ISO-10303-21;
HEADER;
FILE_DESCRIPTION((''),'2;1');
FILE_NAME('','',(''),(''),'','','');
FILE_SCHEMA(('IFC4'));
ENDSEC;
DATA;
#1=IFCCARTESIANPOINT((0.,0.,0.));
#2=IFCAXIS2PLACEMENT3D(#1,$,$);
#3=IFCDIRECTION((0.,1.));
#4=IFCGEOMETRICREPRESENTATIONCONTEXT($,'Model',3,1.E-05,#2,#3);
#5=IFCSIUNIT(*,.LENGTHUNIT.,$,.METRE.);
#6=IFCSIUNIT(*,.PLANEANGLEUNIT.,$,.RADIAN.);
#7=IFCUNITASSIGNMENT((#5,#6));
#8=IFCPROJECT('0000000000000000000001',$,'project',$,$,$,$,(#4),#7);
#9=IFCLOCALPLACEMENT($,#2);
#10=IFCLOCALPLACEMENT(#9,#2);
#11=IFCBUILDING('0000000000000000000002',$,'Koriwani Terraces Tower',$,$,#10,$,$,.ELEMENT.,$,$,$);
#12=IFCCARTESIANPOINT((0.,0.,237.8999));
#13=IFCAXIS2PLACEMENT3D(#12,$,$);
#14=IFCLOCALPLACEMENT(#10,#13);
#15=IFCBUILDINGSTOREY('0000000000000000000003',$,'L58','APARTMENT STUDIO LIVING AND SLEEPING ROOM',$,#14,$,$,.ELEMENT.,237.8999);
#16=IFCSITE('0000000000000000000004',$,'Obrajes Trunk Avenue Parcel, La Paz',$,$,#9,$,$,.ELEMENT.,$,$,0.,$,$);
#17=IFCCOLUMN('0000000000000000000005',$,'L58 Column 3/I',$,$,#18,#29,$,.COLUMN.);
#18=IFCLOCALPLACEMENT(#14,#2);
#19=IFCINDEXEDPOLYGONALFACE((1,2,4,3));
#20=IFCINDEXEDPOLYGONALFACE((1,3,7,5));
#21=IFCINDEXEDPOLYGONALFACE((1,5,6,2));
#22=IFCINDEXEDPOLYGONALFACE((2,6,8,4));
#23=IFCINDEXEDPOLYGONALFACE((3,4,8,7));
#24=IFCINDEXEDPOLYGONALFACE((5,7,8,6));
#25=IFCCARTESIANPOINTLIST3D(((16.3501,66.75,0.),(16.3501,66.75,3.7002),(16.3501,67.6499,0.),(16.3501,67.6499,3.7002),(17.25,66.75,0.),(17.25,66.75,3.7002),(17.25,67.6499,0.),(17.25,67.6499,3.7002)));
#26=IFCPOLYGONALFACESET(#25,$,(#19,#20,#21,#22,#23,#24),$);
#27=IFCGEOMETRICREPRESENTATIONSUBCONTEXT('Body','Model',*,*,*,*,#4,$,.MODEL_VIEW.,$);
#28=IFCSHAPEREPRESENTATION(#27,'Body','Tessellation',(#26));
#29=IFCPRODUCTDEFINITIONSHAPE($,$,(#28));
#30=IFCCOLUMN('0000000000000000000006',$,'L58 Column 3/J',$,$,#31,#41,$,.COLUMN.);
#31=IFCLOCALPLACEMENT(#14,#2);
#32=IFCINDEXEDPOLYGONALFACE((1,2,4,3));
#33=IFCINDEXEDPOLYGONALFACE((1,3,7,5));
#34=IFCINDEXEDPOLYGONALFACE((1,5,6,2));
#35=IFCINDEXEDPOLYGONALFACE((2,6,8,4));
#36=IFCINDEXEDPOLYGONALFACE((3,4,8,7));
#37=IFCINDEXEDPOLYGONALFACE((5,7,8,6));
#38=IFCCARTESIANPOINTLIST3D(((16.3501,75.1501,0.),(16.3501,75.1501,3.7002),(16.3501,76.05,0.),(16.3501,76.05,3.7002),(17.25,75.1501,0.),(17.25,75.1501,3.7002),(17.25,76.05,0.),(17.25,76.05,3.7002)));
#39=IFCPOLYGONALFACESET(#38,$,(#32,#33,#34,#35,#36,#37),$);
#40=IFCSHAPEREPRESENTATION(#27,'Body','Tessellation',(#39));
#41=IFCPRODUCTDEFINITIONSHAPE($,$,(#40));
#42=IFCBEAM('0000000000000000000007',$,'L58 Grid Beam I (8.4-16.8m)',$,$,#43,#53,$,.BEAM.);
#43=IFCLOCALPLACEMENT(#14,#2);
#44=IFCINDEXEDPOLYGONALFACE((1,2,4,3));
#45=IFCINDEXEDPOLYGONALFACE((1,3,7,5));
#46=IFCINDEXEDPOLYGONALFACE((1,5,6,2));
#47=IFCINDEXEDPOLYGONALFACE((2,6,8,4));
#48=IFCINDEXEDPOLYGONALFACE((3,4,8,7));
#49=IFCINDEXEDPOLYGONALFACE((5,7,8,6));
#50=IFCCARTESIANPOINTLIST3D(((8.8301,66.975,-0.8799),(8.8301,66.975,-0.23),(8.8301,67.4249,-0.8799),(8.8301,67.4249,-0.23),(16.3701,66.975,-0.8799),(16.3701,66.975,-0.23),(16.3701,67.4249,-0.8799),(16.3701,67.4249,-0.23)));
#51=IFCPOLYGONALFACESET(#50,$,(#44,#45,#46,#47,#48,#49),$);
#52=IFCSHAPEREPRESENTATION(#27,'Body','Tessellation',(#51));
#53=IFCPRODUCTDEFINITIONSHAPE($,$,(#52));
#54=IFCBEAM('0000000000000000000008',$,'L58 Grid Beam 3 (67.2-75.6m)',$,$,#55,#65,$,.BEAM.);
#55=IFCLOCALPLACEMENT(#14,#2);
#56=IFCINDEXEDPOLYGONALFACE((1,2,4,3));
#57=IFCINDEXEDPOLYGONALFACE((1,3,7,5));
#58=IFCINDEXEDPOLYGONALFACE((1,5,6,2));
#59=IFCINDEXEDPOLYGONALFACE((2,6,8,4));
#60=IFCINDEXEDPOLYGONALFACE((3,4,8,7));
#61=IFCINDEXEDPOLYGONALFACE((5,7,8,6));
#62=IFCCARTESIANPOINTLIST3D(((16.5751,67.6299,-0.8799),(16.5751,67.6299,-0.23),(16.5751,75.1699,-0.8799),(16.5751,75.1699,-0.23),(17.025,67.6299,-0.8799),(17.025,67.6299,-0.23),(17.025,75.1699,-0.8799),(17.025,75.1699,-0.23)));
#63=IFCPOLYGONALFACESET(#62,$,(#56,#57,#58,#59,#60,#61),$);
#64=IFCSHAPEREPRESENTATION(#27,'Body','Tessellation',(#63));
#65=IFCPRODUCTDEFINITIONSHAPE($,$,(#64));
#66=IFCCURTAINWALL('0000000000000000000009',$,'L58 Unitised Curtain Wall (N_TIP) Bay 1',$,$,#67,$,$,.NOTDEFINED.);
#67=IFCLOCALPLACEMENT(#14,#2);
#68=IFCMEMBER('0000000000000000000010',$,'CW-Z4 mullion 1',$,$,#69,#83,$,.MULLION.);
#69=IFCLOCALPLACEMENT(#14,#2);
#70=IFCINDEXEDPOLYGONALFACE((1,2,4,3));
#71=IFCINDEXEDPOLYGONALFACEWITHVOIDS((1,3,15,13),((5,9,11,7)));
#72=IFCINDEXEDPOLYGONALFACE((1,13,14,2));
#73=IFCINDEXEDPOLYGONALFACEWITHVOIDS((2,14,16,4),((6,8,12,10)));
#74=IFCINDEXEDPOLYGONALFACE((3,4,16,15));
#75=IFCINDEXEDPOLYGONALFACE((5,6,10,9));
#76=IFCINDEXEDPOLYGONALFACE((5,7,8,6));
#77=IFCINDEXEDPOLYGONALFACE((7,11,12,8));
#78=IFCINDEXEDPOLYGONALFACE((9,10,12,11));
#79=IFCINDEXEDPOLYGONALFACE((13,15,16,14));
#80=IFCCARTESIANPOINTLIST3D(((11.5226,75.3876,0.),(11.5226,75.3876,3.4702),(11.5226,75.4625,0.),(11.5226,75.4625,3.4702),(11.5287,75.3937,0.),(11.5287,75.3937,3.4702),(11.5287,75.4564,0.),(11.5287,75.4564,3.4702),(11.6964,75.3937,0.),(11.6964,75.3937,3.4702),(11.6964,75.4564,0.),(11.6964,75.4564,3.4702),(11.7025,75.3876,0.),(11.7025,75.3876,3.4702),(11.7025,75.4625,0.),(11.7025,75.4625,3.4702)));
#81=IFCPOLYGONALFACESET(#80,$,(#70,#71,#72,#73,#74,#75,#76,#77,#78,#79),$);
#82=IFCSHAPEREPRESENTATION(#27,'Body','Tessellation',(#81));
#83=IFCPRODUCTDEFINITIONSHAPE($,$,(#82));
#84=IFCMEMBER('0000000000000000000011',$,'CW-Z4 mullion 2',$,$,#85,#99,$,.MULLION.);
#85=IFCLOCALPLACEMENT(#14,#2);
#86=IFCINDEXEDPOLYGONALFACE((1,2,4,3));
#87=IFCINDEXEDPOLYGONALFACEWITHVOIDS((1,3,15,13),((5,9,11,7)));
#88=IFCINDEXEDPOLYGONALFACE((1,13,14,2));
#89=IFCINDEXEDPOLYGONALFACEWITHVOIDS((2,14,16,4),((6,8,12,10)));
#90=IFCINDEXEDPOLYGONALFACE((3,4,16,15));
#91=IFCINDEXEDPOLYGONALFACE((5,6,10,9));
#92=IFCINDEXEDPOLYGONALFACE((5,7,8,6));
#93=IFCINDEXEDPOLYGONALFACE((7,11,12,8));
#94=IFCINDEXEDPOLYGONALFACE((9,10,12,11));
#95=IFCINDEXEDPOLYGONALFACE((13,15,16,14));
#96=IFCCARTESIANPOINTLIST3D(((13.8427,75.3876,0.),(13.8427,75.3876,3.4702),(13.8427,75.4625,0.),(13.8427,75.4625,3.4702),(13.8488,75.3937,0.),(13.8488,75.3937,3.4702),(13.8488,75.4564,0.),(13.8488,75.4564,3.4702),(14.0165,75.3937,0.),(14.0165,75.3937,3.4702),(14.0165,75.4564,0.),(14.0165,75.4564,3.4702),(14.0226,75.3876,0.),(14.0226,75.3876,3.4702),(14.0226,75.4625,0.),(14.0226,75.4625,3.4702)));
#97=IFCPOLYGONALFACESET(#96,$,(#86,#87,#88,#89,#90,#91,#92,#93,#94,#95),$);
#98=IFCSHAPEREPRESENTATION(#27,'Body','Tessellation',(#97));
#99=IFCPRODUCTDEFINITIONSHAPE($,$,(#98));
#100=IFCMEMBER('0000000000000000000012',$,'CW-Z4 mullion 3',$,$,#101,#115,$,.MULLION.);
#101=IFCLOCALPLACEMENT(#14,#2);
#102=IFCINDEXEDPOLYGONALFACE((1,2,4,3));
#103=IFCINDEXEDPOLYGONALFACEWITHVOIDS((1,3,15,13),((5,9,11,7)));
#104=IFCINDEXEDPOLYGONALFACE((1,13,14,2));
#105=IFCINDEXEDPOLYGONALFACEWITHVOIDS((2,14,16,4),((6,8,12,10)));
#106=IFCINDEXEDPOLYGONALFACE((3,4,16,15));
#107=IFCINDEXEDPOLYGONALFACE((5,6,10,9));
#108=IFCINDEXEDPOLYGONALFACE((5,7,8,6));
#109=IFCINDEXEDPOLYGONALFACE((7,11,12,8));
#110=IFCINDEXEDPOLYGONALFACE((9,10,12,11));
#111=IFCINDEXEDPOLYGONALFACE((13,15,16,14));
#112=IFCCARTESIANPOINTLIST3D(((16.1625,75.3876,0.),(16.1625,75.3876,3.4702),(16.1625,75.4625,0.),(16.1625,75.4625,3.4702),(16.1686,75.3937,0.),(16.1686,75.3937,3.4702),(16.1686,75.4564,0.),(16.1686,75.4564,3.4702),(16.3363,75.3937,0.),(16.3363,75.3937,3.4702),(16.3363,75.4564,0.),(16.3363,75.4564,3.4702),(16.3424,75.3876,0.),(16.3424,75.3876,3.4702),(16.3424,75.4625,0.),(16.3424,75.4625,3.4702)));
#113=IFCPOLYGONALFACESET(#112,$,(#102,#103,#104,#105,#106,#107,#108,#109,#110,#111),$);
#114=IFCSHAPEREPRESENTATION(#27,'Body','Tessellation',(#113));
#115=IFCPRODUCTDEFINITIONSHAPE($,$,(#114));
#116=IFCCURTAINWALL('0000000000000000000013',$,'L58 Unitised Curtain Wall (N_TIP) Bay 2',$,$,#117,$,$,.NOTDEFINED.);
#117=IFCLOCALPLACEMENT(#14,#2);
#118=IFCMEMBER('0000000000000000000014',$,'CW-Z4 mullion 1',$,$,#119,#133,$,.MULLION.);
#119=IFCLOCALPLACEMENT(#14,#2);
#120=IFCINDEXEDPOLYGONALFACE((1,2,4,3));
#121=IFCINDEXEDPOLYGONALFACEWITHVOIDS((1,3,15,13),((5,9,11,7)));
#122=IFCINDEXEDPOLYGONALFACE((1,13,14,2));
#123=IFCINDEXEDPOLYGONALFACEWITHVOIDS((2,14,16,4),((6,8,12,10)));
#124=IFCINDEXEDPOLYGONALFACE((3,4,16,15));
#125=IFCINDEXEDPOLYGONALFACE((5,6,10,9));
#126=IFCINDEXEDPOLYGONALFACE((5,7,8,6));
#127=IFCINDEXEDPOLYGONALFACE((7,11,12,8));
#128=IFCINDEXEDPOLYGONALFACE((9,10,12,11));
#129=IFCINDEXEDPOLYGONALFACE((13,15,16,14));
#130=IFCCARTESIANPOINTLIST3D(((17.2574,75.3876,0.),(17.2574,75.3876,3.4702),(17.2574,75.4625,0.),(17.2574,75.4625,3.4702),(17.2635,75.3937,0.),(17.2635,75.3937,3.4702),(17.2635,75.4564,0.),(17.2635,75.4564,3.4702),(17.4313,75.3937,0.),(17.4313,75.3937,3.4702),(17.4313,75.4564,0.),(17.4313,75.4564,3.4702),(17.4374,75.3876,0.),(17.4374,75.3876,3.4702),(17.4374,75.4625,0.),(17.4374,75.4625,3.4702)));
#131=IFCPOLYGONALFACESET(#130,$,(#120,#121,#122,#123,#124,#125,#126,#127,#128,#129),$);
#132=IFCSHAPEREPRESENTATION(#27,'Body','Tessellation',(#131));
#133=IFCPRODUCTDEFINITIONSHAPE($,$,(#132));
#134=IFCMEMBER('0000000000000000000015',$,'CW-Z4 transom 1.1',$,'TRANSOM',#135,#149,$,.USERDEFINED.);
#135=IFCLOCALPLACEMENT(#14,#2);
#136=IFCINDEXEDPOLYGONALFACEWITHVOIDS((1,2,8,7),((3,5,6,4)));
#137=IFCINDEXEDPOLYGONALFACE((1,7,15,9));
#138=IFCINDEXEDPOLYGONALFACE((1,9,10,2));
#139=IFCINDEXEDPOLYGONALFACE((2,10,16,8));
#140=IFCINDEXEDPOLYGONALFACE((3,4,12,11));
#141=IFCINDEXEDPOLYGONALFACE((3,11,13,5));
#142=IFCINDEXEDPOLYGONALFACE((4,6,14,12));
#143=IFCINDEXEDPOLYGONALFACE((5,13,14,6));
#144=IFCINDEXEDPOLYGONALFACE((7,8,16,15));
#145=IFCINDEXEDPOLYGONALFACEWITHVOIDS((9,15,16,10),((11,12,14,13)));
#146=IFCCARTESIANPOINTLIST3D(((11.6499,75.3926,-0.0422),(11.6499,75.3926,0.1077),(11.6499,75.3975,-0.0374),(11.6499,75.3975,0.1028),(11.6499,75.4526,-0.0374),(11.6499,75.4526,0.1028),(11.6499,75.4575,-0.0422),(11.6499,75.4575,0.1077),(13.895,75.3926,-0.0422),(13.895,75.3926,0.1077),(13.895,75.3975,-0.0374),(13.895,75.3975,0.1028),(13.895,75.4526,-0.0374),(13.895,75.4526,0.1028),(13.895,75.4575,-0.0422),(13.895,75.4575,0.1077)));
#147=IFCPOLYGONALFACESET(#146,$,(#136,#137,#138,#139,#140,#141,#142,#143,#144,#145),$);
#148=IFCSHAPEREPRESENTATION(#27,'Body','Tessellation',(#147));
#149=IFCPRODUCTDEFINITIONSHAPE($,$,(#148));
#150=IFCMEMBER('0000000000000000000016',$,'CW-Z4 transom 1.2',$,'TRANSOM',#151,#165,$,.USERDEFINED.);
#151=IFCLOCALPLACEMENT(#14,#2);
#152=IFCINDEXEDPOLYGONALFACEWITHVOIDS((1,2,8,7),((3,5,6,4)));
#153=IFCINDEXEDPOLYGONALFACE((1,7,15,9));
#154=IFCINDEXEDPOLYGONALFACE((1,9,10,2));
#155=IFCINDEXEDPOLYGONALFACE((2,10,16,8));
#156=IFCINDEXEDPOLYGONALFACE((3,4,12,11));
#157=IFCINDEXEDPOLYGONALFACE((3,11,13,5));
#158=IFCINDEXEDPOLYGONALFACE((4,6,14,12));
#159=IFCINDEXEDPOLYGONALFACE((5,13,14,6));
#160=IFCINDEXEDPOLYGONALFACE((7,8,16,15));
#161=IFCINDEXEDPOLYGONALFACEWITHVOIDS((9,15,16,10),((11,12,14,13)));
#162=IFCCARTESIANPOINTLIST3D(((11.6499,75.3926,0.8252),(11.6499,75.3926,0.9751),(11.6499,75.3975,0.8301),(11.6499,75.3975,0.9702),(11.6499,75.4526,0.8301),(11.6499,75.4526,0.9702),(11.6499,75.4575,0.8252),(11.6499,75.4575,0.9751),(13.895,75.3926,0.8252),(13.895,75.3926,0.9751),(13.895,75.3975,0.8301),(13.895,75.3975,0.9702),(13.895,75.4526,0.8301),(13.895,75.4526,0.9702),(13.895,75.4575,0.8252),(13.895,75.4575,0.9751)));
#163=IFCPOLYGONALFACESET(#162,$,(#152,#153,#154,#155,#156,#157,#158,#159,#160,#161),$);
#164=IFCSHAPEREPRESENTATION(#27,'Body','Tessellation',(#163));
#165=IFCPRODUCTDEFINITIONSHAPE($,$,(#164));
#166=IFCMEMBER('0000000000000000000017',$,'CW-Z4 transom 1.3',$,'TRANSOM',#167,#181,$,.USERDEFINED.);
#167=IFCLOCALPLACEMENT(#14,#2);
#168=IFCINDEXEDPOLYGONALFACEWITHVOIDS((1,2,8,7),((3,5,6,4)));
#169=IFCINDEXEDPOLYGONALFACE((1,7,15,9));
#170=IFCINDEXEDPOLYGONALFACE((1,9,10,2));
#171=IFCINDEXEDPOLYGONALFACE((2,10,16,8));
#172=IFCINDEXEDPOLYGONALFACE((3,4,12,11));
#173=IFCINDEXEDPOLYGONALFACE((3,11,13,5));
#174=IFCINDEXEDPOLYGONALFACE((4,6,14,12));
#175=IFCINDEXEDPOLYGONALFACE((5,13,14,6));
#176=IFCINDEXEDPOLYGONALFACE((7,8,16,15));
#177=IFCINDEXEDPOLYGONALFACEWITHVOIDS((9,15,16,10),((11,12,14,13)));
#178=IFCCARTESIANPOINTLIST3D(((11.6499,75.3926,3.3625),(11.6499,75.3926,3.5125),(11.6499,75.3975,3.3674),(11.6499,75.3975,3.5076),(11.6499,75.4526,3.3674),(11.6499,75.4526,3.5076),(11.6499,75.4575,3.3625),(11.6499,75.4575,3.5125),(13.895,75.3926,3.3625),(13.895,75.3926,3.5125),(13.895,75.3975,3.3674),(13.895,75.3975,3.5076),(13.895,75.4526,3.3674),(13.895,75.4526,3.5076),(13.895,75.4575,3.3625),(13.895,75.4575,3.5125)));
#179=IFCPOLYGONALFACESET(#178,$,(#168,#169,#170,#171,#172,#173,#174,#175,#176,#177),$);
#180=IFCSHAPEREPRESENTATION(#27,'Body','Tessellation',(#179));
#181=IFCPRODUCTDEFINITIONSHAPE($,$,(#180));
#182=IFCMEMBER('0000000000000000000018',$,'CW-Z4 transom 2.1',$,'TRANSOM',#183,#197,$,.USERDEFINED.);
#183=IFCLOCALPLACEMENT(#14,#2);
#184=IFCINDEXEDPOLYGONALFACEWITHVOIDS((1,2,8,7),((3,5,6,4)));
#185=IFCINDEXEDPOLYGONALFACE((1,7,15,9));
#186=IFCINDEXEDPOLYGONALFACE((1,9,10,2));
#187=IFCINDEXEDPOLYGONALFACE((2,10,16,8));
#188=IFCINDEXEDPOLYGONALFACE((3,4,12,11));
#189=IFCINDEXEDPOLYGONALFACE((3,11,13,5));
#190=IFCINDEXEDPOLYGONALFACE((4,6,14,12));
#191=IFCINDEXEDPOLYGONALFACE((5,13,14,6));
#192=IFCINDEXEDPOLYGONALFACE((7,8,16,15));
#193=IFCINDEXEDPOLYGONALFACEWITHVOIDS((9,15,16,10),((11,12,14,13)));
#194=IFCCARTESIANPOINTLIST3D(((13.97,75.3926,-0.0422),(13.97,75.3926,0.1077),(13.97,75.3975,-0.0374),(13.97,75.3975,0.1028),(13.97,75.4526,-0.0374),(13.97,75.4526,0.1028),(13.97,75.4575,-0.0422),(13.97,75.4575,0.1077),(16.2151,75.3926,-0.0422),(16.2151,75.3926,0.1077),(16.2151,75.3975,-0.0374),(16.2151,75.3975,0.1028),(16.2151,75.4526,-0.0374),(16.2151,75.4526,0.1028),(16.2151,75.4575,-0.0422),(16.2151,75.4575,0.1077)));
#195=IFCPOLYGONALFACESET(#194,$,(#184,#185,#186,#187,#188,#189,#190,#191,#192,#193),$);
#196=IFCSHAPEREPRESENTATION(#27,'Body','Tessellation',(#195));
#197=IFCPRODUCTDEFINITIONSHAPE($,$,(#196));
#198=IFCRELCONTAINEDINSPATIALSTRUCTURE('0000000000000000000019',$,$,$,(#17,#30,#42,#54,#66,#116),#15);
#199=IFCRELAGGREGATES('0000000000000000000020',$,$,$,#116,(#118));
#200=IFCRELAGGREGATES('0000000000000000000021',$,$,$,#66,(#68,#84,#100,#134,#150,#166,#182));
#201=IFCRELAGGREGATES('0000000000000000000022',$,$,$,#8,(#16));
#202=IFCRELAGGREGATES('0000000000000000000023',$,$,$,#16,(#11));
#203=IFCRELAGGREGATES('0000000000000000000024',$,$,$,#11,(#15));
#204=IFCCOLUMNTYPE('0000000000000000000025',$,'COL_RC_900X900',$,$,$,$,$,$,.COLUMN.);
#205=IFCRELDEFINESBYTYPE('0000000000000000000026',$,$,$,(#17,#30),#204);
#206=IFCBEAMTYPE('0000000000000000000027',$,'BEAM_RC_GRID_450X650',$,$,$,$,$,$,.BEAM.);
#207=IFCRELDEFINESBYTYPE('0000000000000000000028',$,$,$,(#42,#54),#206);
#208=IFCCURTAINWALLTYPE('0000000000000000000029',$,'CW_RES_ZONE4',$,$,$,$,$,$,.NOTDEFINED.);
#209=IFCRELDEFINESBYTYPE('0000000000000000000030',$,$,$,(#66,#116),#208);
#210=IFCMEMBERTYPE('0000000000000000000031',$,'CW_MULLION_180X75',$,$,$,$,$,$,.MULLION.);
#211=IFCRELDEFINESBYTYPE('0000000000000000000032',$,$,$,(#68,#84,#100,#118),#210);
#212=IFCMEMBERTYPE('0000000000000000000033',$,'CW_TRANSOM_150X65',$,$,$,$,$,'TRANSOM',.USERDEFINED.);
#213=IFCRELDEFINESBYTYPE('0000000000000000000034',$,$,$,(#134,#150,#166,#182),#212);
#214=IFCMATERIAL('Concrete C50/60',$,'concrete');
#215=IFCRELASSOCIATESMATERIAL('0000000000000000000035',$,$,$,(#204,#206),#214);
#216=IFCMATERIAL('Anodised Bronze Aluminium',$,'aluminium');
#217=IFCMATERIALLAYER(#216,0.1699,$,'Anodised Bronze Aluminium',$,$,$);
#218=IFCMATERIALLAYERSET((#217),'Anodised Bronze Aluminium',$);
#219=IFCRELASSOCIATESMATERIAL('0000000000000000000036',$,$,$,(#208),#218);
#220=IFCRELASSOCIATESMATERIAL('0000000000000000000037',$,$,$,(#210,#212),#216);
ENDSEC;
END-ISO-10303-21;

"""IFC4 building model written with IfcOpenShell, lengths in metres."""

from ifc_helpers import new_model, si_unit, direction, frame, origin, origin_2d, place, context, subcontext, project, spatial, rectangle, hollow_rectangle, extrude, material, layer, layer_set, material_profile, profile_set, type_object, element, aggregate, save


model = new_model("IFC4")

# Units and contexts
model_context = context("Model", 3, precision=1e-05, world=origin(), true_north=direction((0.0, 1.0)))
body_context = subcontext(model_context, "Body", "Model", "MODEL_VIEW")
ifc_project = project(units=[si_unit("LENGTHUNIT", "METRE"), si_unit("PLANEANGLEUNIT", "RADIAN")], contexts=[model_context])

# Site, building, storey
site_placement = place(None, origin())
site = spatial("IfcSite", under=ifc_project, at=site_placement, Name="Obrajes Trunk Avenue Parcel, La Paz", CompositionType="ELEMENT", RefElevation=0.0)
building_placement = place(site_placement, origin())
building = spatial("IfcBuilding", under=site, at=building_placement, Name="Koriwani Terraces Tower", CompositionType="ELEMENT")
storey_placement = place(building_placement, frame((0.0, 0.0, 237.8999)))
storey = spatial("IfcBuildingStorey", under=building, at=storey_placement, Name="L58", Description="APARTMENT STUDIO LIVING AND SLEEPING ROOM", CompositionType="ELEMENT", Elevation=237.8999)

# Columns
ifc_material_1 = material(Name="Concrete C50/60", Category="concrete")
ifc_material_profile_1 = material_profile(ifc_material_1, rectangle(XDim=0.8999, YDim=0.8999, at=origin_2d()), Name="Concrete C50/60", Category="LoadBearing")
ifc_profile_set_1 = profile_set([ifc_material_profile_1], Name="Concrete C50/60")
column_type = type_object("IfcColumnType", Name="COL_RC_900X900", PredefinedType="COLUMN", material=ifc_profile_set_1)
for number, where, z_axis, x_axis, name in (
    (1, (16.8, 67.2, 0.0), (0.0, 0.0, 1.0), (1.0, 0.0, 0.0), "L58 Column 3/I"),
    (2, (16.8, 75.6001, 0.0), (0.0, 0.0, 1.0), (1.0, 0.0, 0.0), "L58 Column 3/J"),
):
    element("IfcColumn", number, at=place(storey_placement, frame(where, z_axis=z_axis, x_axis=x_axis)), inside=storey, type_object=column_type, Name=name, PredefinedType="COLUMN", context=body_context, shape_type="SweptSolid", body=[
        extrude(rectangle(XDim=0.8999, YDim=0.8999, at=origin_2d()), origin(), (0.0, 0.0, 1.0), 3.7002),
    ])

# Beams
ifc_material_profile_2 = material_profile(ifc_material_1, rectangle(XDim=0.45, YDim=0.6499, at=origin_2d()), Name="Concrete C50/60", Category="LoadBearing")
ifc_profile_set_2 = profile_set([ifc_material_profile_2], Name="Concrete C50/60")
beam_type_1 = type_object("IfcBeamType", Name="BEAM_RC_GRID_450X650", PredefinedType="BEAM", material=ifc_profile_set_2)
for number, where, z_axis, x_axis, name in (
    (3, (8.8301, 67.2, -0.5549), (1.0, 0.0, 0.0), (0.0, 1.0, 0.0), "L58 Grid Beam I (8.4-16.8m)"),
    (4, (16.8, 67.6299, -0.5549), (0.0, 1.0, 0.0), (-1.0, 0.0, 0.0), "L58 Grid Beam 3 (67.2-75.6m)"),
):
    element("IfcBeam", number, at=place(storey_placement, frame(where, z_axis=z_axis, x_axis=x_axis)), inside=storey, type_object=beam_type_1, Name=name, PredefinedType="BEAM", context=body_context, shape_type="SweptSolid", body=[
        extrude(rectangle(XDim=0.45, YDim=0.6499, at=origin_2d()), origin(), (0.0, 0.0, 1.0), 7.54),
    ])

# Curtain wall, members
ifc_material_2 = material(Name="Anodised Bronze Aluminium", Category="aluminium")
ifc_layer_1 = layer(ifc_material_2, 0.1699, Name="Anodised Bronze Aluminium")
ifc_layer_set_1 = layer_set([ifc_layer_1], Name="Anodised Bronze Aluminium")
curtain_wall_type = type_object("IfcCurtainWallType", Name="CW_RES_ZONE4", PredefinedType="NOTDEFINED", material=ifc_layer_set_1)
curtain_wall_1_placement = place(storey_placement, origin())
curtain_wall_1 = element("IfcCurtainWall", 5, at=curtain_wall_1_placement, inside=storey, type_object=curtain_wall_type, Name="L58 Unitised Curtain Wall (N_TIP) Bay 1", PredefinedType="NOTDEFINED")
ifc_material_profile_3 = material_profile(ifc_material_2, hollow_rectangle(XDim=0.075, YDim=0.1799, WallThickness=0.0061, at=origin_2d()), Name="Anodised Bronze Aluminium", Category="LoadBearing")
ifc_profile_set_3 = profile_set([ifc_material_profile_3], Name="Anodised Bronze Aluminium")
member_type_1 = type_object("IfcMemberType", Name="CW_MULLION_180X75", PredefinedType="MULLION", material=ifc_profile_set_3)
member_1_placement = place(storey_placement, frame((11.6125, 75.425, 0.0), z_axis=(0.0, 0.0, 1.0), x_axis=(0.0, 1.0, 0.0)))
member_1 = element("IfcMember", 6, at=member_1_placement, type_object=member_type_1, Name="CW-Z4 mullion 1", PredefinedType="MULLION", context=body_context, shape_type="SweptSolid", body=[
    extrude(hollow_rectangle(XDim=0.075, YDim=0.1799, WallThickness=0.0061, at=origin_2d()), origin(), (0.0, 0.0, 1.0), 3.4702),
])
member_2_placement = place(storey_placement, frame((13.9326, 75.425, 0.0), z_axis=(0.0, 0.0, 1.0), x_axis=(0.0, 1.0, 0.0)))
member_2 = element("IfcMember", 7, at=member_2_placement, type_object=member_type_1, Name="CW-Z4 mullion 2", PredefinedType="MULLION", context=body_context, shape_type="SweptSolid", body=[
    extrude(hollow_rectangle(XDim=0.075, YDim=0.1799, WallThickness=0.0061, at=origin_2d()), origin(), (0.0, 0.0, 1.0), 3.4702),
])
member_3_placement = place(storey_placement, frame((16.2524, 75.425, 0.0), z_axis=(0.0, 0.0, 1.0), x_axis=(0.0, 1.0, 0.0)))
member_3 = element("IfcMember", 8, at=member_3_placement, type_object=member_type_1, Name="CW-Z4 mullion 3", PredefinedType="MULLION", context=body_context, shape_type="SweptSolid", body=[
    extrude(hollow_rectangle(XDim=0.075, YDim=0.1799, WallThickness=0.0061, at=origin_2d()), origin(), (0.0, 0.0, 1.0), 3.4702),
])

# Curtain wall, member
curtain_wall_2_placement = place(storey_placement, origin())
curtain_wall_2 = element("IfcCurtainWall", 9, at=curtain_wall_2_placement, inside=storey, type_object=curtain_wall_type, Name="L58 Unitised Curtain Wall (N_TIP) Bay 2", PredefinedType="NOTDEFINED")
member_4_placement = place(storey_placement, frame((17.3474, 75.425, 0.0), z_axis=(0.0, 0.0, 1.0), x_axis=(0.0, 1.0, 0.0)))
member_4 = element("IfcMember", 10, at=member_4_placement, type_object=member_type_1, Name="CW-Z4 mullion 1", PredefinedType="MULLION", context=body_context, shape_type="SweptSolid", body=[
    extrude(hollow_rectangle(XDim=0.075, YDim=0.1799, WallThickness=0.0061, at=origin_2d()), origin(), (0.0, 0.0, 1.0), 3.4702),
])
aggregate(curtain_wall_2, [member_4])

# Members
ifc_material_profile_4 = material_profile(ifc_material_2, hollow_rectangle(XDim=0.0649, YDim=0.1499, WallThickness=0.0049, at=origin_2d()), Name="Anodised Bronze Aluminium", Category="LoadBearing")
ifc_profile_set_4 = profile_set([ifc_material_profile_4], Name="Anodised Bronze Aluminium")
member_type_2 = type_object("IfcMemberType", Name="CW_TRANSOM_150X65", ElementType="TRANSOM", PredefinedType="USERDEFINED", material=ifc_profile_set_4)
member_5_placement = place(storey_placement, frame((11.6499, 75.425, 0.0327), z_axis=(1.0, 0.0, 0.0), x_axis=(0.0, 1.0, 0.0)))
member_5 = element("IfcMember", 11, at=member_5_placement, type_object=member_type_2, Name="CW-Z4 transom 1.1", ObjectType="TRANSOM", PredefinedType="USERDEFINED", context=body_context, shape_type="SweptSolid", body=[
    extrude(hollow_rectangle(XDim=0.0649, YDim=0.1499, WallThickness=0.0049, at=origin_2d()), origin(), (0.0, 0.0, 1.0), 2.2451),
])
member_6_placement = place(storey_placement, frame((11.6499, 75.425, 0.9001), z_axis=(1.0, 0.0, 0.0), x_axis=(0.0, 1.0, 0.0)))
member_6 = element("IfcMember", 12, at=member_6_placement, type_object=member_type_2, Name="CW-Z4 transom 1.2", ObjectType="TRANSOM", PredefinedType="USERDEFINED", context=body_context, shape_type="SweptSolid", body=[
    extrude(hollow_rectangle(XDim=0.0649, YDim=0.1499, WallThickness=0.0049, at=origin_2d()), origin(), (0.0, 0.0, 1.0), 2.2451),
])
member_7_placement = place(storey_placement, frame((11.6499, 75.425, 3.4375), z_axis=(1.0, 0.0, 0.0), x_axis=(0.0, 1.0, 0.0)))
member_7 = element("IfcMember", 13, at=member_7_placement, type_object=member_type_2, Name="CW-Z4 transom 1.3", ObjectType="TRANSOM", PredefinedType="USERDEFINED", context=body_context, shape_type="SweptSolid", body=[
    extrude(hollow_rectangle(XDim=0.0649, YDim=0.1499, WallThickness=0.0049, at=origin_2d()), origin(), (0.0, 0.0, 1.0), 2.2451),
])
member_8_placement = place(storey_placement, frame((13.97, 75.425, 0.0327), z_axis=(1.0, 0.0, 0.0), x_axis=(0.0, 1.0, 0.0)))
member_8 = element("IfcMember", 14, at=member_8_placement, type_object=member_type_2, Name="CW-Z4 transom 2.1", ObjectType="TRANSOM", PredefinedType="USERDEFINED", context=body_context, shape_type="SweptSolid", body=[
    extrude(hollow_rectangle(XDim=0.0649, YDim=0.1499, WallThickness=0.0049, at=origin_2d()), origin(), (0.0, 0.0, 1.0), 2.2451),
])

aggregate(curtain_wall_1, [member_1, member_2, member_3, member_5, member_6, member_7, member_8])

save(model, "model.ifc")
